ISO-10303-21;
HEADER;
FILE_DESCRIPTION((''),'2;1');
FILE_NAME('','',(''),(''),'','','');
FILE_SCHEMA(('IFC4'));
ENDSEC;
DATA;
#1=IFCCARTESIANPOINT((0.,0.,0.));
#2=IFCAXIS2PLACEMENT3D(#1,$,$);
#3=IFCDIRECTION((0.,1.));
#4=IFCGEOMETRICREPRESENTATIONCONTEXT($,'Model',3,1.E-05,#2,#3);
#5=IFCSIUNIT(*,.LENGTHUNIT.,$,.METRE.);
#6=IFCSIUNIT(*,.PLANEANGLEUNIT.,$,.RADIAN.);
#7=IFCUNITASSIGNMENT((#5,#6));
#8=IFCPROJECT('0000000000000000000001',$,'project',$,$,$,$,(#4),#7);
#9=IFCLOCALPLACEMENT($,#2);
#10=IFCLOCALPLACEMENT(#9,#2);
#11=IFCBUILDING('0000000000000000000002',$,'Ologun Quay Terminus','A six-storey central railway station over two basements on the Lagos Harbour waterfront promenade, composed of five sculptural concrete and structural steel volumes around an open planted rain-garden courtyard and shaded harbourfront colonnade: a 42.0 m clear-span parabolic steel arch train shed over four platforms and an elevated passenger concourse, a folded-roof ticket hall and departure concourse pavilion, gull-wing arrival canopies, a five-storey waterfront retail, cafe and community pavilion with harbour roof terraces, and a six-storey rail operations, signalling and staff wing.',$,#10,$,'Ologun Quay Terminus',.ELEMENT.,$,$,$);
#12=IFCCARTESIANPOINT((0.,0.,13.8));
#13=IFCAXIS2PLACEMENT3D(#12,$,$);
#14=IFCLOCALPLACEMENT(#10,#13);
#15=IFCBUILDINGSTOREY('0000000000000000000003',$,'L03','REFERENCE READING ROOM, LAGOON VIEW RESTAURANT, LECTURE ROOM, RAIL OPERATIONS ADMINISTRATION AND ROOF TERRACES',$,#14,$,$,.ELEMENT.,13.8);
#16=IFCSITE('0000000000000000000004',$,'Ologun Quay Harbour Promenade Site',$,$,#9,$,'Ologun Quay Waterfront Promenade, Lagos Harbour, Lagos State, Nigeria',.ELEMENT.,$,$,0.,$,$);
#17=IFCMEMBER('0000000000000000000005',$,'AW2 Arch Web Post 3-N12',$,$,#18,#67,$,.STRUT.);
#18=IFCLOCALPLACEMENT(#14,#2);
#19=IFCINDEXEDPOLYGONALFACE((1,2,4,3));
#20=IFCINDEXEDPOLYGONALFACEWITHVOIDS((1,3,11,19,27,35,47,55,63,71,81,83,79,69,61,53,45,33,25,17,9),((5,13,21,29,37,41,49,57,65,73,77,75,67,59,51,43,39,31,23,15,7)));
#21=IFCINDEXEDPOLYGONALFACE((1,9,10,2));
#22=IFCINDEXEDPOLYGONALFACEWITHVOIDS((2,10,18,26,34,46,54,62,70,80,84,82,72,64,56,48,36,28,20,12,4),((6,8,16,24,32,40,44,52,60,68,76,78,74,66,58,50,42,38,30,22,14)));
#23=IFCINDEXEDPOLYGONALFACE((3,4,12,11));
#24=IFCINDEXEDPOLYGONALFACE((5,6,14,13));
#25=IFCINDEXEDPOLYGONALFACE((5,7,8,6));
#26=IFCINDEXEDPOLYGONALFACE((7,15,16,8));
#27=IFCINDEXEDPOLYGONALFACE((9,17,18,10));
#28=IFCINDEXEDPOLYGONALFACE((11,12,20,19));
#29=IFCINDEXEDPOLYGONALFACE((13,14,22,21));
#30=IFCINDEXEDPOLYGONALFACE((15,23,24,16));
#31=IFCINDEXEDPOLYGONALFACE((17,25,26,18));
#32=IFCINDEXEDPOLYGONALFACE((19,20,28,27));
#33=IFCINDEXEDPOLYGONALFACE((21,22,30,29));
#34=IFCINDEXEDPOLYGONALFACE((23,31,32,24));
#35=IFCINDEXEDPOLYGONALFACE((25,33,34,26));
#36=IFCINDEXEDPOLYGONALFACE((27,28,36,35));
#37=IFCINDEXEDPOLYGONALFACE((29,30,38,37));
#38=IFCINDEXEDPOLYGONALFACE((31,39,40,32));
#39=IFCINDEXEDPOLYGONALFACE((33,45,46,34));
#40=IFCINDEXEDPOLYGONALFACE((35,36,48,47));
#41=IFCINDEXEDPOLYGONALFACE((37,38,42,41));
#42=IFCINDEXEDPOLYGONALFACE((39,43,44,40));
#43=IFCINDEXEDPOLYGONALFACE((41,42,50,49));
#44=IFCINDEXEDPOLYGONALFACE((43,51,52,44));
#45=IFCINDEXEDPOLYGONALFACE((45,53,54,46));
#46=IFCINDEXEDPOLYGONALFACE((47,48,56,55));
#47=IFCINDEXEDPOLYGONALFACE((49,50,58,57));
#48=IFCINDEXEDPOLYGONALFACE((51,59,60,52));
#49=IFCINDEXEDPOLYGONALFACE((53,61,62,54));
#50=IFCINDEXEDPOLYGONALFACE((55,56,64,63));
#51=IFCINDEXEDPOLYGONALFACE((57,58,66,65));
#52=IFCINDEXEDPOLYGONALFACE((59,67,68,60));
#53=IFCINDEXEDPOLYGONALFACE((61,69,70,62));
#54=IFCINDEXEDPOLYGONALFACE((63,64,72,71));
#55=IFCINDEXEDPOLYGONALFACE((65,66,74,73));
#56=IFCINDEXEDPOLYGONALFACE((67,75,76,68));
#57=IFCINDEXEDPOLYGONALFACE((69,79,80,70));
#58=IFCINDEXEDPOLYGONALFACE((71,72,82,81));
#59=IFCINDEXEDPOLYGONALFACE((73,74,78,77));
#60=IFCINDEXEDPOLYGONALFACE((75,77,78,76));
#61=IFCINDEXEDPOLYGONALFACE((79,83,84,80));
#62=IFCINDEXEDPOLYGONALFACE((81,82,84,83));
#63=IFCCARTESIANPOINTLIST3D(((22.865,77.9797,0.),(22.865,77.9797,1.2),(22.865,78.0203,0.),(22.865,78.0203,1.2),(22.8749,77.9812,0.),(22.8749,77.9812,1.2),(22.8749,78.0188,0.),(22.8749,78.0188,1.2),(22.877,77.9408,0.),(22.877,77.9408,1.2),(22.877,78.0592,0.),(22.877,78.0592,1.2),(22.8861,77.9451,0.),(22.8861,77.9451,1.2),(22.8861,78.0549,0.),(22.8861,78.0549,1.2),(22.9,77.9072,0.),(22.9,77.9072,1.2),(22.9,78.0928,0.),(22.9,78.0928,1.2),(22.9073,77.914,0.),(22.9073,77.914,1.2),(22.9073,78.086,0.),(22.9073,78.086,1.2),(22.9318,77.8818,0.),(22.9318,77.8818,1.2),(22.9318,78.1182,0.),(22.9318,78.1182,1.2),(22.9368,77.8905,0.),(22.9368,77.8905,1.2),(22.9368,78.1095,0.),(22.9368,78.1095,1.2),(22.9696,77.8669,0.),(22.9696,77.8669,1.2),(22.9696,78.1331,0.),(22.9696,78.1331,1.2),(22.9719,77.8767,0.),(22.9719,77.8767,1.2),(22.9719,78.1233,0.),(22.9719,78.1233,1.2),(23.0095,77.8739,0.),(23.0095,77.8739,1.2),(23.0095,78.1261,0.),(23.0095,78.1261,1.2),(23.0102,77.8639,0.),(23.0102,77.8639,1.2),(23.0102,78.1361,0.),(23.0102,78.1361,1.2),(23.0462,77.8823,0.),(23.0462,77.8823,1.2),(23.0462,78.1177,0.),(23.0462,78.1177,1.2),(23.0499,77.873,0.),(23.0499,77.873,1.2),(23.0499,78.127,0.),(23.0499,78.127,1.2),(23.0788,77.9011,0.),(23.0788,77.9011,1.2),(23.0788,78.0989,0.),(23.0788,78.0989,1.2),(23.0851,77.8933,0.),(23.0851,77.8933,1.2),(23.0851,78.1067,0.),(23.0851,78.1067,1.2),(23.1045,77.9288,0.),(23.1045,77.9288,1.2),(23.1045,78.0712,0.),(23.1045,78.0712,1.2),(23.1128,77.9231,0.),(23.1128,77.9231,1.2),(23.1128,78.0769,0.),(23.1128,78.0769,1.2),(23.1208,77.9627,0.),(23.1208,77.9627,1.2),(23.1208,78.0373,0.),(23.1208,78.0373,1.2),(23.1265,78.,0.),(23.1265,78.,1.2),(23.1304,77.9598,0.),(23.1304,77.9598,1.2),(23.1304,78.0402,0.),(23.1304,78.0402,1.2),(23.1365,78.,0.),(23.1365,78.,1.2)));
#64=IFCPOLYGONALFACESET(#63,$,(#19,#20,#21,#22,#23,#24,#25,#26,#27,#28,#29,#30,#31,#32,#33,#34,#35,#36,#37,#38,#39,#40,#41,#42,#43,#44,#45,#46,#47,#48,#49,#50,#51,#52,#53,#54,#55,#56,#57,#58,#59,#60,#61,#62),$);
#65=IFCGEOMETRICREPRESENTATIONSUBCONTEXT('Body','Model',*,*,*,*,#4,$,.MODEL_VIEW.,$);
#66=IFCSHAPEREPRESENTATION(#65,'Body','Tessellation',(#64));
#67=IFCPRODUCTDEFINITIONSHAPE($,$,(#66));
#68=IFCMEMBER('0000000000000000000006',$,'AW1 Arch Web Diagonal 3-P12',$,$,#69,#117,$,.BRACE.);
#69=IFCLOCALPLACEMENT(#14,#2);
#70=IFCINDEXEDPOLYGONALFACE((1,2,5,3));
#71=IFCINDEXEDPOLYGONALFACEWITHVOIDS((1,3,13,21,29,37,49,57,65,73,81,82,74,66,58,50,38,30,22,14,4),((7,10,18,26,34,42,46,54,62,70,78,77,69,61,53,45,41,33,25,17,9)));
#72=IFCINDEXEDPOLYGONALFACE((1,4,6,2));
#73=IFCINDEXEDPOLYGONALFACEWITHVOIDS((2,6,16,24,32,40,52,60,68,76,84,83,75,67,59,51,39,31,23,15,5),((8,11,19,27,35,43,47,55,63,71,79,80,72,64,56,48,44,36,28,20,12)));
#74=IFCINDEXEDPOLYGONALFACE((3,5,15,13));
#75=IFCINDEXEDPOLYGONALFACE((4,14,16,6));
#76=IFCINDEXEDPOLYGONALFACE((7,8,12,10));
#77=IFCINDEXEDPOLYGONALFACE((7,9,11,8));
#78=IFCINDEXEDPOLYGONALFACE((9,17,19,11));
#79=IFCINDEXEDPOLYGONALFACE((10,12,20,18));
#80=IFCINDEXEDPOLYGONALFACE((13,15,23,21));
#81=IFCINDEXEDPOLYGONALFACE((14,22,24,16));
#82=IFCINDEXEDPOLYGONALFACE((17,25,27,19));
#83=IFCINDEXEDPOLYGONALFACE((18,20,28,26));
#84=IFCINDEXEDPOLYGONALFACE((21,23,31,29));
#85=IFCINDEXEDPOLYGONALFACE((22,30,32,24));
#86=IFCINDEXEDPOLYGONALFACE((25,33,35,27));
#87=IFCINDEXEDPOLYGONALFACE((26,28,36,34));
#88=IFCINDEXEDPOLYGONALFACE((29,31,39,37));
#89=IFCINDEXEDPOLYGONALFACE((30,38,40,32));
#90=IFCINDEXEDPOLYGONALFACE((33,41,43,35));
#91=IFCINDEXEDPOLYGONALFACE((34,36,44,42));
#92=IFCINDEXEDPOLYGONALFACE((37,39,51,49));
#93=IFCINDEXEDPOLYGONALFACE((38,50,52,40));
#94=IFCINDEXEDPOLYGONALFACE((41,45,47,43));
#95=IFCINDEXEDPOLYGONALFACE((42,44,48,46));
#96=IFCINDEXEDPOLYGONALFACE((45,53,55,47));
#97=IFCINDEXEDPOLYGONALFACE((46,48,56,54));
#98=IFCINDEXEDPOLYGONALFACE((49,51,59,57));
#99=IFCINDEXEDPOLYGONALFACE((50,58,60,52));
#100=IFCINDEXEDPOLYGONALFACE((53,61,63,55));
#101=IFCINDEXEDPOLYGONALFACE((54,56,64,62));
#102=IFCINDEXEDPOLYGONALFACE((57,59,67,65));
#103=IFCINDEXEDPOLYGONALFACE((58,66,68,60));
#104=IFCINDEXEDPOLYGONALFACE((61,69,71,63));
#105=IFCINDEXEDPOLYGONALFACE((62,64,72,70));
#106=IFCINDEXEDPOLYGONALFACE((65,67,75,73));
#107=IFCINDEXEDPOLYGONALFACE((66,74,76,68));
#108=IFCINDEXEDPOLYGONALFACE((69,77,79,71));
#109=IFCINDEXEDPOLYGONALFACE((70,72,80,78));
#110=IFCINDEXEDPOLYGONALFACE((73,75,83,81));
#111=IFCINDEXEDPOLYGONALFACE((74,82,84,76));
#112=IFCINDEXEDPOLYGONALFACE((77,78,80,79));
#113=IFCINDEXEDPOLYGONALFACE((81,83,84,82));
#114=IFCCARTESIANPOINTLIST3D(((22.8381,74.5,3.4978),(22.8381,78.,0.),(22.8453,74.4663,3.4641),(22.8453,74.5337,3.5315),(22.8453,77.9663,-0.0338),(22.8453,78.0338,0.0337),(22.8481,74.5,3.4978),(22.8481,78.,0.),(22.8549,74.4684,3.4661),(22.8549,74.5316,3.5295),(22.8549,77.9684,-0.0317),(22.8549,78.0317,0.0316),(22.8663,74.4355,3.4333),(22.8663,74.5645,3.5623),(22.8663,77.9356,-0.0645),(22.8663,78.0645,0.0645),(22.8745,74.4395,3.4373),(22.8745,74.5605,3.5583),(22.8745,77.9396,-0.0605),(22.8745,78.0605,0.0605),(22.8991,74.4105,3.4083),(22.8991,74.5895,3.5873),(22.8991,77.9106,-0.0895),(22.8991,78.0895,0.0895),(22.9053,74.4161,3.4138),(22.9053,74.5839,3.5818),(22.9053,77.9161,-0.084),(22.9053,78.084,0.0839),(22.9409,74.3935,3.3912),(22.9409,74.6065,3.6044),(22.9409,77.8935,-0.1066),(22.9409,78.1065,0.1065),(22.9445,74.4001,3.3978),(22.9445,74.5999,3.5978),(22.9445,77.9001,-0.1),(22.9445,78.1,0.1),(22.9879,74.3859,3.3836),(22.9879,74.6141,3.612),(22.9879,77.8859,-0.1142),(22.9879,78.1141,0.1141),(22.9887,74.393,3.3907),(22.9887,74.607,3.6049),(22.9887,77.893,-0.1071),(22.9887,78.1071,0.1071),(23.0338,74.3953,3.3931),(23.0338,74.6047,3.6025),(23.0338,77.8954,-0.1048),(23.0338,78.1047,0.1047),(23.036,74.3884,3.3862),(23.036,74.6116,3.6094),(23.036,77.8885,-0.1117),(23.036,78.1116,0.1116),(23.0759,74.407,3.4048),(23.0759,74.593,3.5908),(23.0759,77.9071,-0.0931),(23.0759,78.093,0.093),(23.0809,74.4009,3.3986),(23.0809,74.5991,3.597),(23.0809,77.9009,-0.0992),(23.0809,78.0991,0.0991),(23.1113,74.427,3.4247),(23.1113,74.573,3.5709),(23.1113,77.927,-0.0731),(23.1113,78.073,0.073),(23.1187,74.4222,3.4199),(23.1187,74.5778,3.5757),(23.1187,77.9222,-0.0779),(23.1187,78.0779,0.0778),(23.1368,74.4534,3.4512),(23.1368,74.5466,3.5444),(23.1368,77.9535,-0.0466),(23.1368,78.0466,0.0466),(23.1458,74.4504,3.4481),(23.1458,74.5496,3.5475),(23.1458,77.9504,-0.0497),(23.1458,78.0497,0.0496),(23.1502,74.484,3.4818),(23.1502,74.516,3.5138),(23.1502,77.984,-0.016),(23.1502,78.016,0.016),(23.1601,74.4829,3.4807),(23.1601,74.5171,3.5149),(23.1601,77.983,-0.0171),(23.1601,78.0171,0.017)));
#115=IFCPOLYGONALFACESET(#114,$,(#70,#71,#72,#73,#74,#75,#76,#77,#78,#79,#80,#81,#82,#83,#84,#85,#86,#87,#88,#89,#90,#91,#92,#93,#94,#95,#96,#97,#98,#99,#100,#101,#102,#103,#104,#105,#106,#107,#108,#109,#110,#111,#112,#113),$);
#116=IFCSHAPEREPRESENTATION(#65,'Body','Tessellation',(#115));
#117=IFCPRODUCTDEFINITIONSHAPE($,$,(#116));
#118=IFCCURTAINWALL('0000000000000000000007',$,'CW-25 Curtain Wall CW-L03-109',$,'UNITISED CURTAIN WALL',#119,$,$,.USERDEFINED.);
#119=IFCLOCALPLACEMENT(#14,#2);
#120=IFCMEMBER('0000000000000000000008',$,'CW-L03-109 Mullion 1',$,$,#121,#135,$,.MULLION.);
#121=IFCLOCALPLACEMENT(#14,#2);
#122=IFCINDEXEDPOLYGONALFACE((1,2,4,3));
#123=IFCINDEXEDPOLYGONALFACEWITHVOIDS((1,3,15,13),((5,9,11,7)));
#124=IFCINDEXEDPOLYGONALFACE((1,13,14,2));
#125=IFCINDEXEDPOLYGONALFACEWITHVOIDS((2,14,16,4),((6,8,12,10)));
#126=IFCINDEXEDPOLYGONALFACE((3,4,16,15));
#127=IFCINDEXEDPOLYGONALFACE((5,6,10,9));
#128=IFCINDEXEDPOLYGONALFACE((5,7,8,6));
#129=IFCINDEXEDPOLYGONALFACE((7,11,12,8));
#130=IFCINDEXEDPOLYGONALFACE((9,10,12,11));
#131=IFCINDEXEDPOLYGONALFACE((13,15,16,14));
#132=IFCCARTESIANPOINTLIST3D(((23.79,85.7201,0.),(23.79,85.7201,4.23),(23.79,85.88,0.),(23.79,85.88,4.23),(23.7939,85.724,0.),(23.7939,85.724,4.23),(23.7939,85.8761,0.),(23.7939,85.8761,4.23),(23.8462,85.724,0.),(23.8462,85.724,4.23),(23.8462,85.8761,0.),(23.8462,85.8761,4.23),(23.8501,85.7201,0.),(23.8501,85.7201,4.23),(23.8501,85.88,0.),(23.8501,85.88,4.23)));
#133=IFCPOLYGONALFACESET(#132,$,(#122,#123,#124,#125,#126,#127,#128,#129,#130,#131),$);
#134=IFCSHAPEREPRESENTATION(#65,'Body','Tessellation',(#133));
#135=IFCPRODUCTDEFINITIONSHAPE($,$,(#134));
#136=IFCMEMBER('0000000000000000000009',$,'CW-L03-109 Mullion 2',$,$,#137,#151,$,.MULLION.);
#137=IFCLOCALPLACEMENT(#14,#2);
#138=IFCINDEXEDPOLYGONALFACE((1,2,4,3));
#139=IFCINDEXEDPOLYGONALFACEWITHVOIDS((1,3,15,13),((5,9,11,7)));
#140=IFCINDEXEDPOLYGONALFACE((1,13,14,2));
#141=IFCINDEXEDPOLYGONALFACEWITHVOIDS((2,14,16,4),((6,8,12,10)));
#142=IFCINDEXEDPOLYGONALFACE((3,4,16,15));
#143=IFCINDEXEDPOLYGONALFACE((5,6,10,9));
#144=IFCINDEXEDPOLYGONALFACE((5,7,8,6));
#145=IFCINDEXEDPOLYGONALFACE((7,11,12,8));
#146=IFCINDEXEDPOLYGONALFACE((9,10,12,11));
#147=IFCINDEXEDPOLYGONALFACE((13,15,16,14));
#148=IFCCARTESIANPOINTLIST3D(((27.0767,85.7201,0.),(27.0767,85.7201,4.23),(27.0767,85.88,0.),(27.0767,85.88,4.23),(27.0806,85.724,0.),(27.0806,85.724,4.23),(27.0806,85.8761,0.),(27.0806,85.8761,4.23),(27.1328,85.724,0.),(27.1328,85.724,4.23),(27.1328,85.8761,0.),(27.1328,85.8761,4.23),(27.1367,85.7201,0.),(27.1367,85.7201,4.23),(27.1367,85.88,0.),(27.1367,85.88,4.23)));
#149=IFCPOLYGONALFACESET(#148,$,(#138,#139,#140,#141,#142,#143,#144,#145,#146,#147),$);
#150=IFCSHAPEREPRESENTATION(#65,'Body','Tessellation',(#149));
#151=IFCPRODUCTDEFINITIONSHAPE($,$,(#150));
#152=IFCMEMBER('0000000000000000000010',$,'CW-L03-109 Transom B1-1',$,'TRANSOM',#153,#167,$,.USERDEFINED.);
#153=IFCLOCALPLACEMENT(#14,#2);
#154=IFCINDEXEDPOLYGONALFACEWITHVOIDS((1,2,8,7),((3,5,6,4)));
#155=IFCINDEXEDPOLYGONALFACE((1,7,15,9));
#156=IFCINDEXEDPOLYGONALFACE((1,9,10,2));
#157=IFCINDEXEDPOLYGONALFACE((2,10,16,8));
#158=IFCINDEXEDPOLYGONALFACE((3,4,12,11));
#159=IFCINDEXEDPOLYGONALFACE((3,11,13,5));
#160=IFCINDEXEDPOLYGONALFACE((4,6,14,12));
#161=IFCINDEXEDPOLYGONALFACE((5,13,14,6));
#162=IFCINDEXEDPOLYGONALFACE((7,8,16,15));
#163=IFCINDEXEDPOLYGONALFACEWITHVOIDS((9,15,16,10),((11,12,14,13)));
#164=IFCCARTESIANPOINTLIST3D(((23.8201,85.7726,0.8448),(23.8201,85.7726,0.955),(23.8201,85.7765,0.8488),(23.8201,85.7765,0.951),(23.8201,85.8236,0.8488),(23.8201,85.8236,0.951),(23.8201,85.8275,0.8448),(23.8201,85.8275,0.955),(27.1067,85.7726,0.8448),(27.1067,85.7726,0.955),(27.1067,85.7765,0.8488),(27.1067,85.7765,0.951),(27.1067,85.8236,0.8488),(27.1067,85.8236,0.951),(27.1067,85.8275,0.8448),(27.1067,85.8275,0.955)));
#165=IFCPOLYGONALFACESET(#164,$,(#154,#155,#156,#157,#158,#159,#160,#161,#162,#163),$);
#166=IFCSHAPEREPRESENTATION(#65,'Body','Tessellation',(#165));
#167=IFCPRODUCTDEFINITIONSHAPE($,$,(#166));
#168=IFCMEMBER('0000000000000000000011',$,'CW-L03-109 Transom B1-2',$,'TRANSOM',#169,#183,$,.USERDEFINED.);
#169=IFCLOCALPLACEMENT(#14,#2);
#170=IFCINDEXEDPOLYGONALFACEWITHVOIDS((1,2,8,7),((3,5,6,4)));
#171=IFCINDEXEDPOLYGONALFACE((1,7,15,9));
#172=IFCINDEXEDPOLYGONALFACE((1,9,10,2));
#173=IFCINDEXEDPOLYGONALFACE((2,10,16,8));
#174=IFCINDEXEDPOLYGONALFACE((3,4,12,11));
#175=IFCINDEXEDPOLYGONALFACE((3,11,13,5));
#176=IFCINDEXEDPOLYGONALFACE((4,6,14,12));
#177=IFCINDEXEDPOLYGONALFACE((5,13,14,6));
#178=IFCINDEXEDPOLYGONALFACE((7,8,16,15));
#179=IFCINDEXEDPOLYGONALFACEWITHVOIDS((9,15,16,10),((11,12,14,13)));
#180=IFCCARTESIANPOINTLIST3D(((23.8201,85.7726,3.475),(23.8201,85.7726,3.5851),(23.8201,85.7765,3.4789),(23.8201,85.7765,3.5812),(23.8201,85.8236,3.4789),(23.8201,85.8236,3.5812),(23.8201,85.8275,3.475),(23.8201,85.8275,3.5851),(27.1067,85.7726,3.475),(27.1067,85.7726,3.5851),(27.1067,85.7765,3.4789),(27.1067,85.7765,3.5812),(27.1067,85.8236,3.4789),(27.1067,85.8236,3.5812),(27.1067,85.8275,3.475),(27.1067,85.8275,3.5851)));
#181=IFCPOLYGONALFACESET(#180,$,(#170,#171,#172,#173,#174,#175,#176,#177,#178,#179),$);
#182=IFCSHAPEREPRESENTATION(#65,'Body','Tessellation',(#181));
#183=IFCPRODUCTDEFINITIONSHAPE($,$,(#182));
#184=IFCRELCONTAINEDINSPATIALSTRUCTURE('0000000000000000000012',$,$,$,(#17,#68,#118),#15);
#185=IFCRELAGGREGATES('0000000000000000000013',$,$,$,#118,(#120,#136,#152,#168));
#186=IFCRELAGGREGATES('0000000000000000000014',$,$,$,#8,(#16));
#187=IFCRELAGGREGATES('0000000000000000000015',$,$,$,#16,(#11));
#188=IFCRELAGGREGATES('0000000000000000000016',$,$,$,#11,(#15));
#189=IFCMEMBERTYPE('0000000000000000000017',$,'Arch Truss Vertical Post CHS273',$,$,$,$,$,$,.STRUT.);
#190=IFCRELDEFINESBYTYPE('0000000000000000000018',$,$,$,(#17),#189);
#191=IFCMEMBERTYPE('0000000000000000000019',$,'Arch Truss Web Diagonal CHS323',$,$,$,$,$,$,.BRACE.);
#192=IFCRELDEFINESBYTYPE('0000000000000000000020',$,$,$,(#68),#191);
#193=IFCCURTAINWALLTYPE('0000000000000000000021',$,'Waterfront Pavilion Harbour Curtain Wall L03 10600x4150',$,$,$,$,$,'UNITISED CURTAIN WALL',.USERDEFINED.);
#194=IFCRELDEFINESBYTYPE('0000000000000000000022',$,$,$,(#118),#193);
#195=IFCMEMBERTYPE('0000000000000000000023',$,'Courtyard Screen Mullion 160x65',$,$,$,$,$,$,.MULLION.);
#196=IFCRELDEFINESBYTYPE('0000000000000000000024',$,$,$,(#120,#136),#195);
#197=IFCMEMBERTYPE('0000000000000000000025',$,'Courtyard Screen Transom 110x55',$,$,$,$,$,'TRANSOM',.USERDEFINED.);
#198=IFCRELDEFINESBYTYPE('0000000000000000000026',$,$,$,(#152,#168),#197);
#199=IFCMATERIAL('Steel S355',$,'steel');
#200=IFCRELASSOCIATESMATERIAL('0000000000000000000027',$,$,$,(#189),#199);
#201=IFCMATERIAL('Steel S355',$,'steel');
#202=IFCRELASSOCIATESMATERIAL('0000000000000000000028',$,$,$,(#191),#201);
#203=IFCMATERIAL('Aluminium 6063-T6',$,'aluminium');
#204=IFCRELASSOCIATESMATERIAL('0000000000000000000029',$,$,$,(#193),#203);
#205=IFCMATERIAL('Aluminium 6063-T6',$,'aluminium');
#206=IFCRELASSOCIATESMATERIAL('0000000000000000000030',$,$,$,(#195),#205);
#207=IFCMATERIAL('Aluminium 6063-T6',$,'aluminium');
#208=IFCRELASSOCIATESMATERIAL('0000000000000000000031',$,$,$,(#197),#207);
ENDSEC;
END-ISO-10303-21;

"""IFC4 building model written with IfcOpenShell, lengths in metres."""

from ifc_helpers import new_model, si_unit, direction, frame, origin, origin_2d, place, context, subcontext, project, spatial, hollow_rectangle, hollow_circle, extrude, material, material_profile, profile_set, type_object, element, aggregate, save


model = new_model("IFC4")

# Units and contexts
model_context = context("Model", 3, precision=1e-05, world=origin(), true_north=direction((0.0, 1.0)))
body_context = subcontext(model_context, "Body", "Model", "MODEL_VIEW")
ifc_project = project(units=[si_unit("LENGTHUNIT", "METRE"), si_unit("PLANEANGLEUNIT", "RADIAN")], contexts=[model_context])

# Site, building, storey
site_placement = place(None, origin())
site = spatial("IfcSite", under=ifc_project, at=site_placement, Name="Ologun Quay Harbour Promenade Site", LongName="Ologun Quay Waterfront Promenade, Lagos Harbour, Lagos State, Nigeria", CompositionType="ELEMENT", RefElevation=0.0)
building_placement = place(site_placement, origin())
building = spatial("IfcBuilding", under=site, at=building_placement, Name="Ologun Quay Terminus", Description="A six-storey central railway station over two basements on the Lagos Harbour waterfront promenade, composed of five sculptural concrete and structural steel volumes around an open planted rain-garden courtyard and shaded harbourfront colonnade: a 42.0 m clear-span parabolic steel arch train shed over four platforms and an elevated passenger concourse, a folded-roof ticket hall and departure concourse pavilion, gull-wing arrival canopies, a five-storey waterfront retail, cafe and community pavilion with harbour roof terraces, and a six-storey rail operations, signalling and staff wing.", LongName="Ologun Quay Terminus", CompositionType="ELEMENT")
storey_placement = place(building_placement, frame((0.0, 0.0, 13.8)))
storey = spatial("IfcBuildingStorey", under=building, at=storey_placement, Name="L03", Description="REFERENCE READING ROOM, LAGOON VIEW RESTAURANT, LECTURE ROOM, RAIL OPERATIONS ADMINISTRATION AND ROOF TERRACES", CompositionType="ELEMENT", Elevation=13.8)

# Members
ifc_material_1 = material(Name="Steel S355", Category="steel")
ifc_material_profile_1 = material_profile(ifc_material_1, hollow_circle(Radius=0.1365, WallThickness=0.01, at=origin_2d()), Name="CHS 273x10")
ifc_profile_set_1 = profile_set([ifc_material_profile_1], Name="Steel S355")
member_type_1 = type_object("IfcMemberType", Name="Arch Truss Vertical Post CHS273", PredefinedType="STRUT", material=ifc_profile_set_1)
member_1_placement = place(storey_placement, frame((23.0, 78.0, 0.0), z_axis=(0.0, 0.0, 1.0), x_axis=(1.0, 0.0, 0.0)))
element("IfcMember", 1, at=member_1_placement, inside=storey, type_object=member_type_1, Name="AW2 Arch Web Post 3-N12", PredefinedType="STRUT", context=body_context, shape_type="SweptSolid", body=[
    extrude(hollow_circle(Radius=0.1365, WallThickness=0.01, at=origin_2d()), origin(), (0.0, 0.0, 1.0), 1.2),
])
ifc_material_2 = material(Name="Steel S355", Category="steel")
ifc_material_profile_2 = material_profile(ifc_material_2, hollow_circle(Radius=0.1619, WallThickness=0.01, at=origin_2d()), Name="CHS 323.9x10")
ifc_profile_set_2 = profile_set([ifc_material_profile_2], Name="Steel S355")
member_type_2 = type_object("IfcMemberType", Name="Arch Truss Web Diagonal CHS323", PredefinedType="BRACE", material=ifc_profile_set_2)
member_2_placement = place(storey_placement, frame((23.0, 74.5, 3.4978), z_axis=(0.0, 0.707329, -0.706885), x_axis=(-1.0, 0.0, 0.0)))
element("IfcMember", 2, at=member_2_placement, inside=storey, type_object=member_type_2, Name="AW1 Arch Web Diagonal 3-P12", PredefinedType="BRACE", context=body_context, shape_type="SweptSolid", body=[
    extrude(hollow_circle(Radius=0.1619, WallThickness=0.01, at=origin_2d()), origin(), (0.0, 0.0, 1.0), 4.9482),
])

# Curtain wall, members
ifc_material_3 = material(Name="Aluminium 6063-T6", Category="aluminium")
curtain_wall_type = type_object("IfcCurtainWallType", Name="Waterfront Pavilion Harbour Curtain Wall L03 10600x4150", ElementType="UNITISED CURTAIN WALL", PredefinedType="USERDEFINED", material=ifc_material_3)
curtain_wall_placement = place(storey_placement, origin())
curtain_wall = element("IfcCurtainWall", 3, at=curtain_wall_placement, inside=storey, type_object=curtain_wall_type, Name="CW-25 Curtain Wall CW-L03-109", ObjectType="UNITISED CURTAIN WALL", PredefinedType="USERDEFINED")
ifc_material_4 = material(Name="Aluminium 6063-T6", Category="aluminium")
ifc_material_profile_3 = material_profile(ifc_material_4, hollow_rectangle(XDim=0.0601, YDim=0.1599, WallThickness=0.0039, at=origin_2d()), Name="ALU 160x60x4")
ifc_profile_set_3 = profile_set([ifc_material_profile_3], Name="Aluminium 6063-T6")
member_type_3 = type_object("IfcMemberType", Name="Courtyard Screen Mullion 160x65", PredefinedType="MULLION", material=ifc_profile_set_3)
member_3_placement = place(storey_placement, frame((23.8201, 85.8, 0.0), z_axis=(0.0, 0.0, 1.0), x_axis=(1.0, 0.0, 0.0)))
member_3 = element("IfcMember", 4, at=member_3_placement, type_object=member_type_3, Name="CW-L03-109 Mullion 1", PredefinedType="MULLION", context=body_context, shape_type="SweptSolid", body=[
    extrude(hollow_rectangle(XDim=0.0601, YDim=0.1599, WallThickness=0.0039, at=origin_2d()), origin(), (0.0, 0.0, 1.0), 4.23),
])
member_4_placement = place(storey_placement, frame((27.1067, 85.8, 0.0), z_axis=(0.0, 0.0, 1.0), x_axis=(1.0, 0.0, 0.0)))
member_4 = element("IfcMember", 5, at=member_4_placement, type_object=member_type_3, Name="CW-L03-109 Mullion 2", PredefinedType="MULLION", context=body_context, shape_type="SweptSolid", body=[
    extrude(hollow_rectangle(XDim=0.0601, YDim=0.1599, WallThickness=0.0039, at=origin_2d()), origin(), (0.0, 0.0, 1.0), 4.23),
])
ifc_material_5 = material(Name="Aluminium 6063-T6", Category="aluminium")
ifc_material_profile_4 = material_profile(ifc_material_5, hollow_rectangle(XDim=0.0549, YDim=0.1101, WallThickness=0.0039, at=origin_2d()), Name="ALU 110x55x4")
ifc_profile_set_4 = profile_set([ifc_material_profile_4], Name="Aluminium 6063-T6")
member_type_4 = type_object("IfcMemberType", Name="Courtyard Screen Transom 110x55", ElementType="TRANSOM", PredefinedType="USERDEFINED", material=ifc_profile_set_4)
member_5_placement = place(storey_placement, frame((23.8201, 85.8, 0.8999), z_axis=(1.0, 0.0, 0.0), x_axis=(0.0, 1.0, 0.0)))
member_5 = element("IfcMember", 6, at=member_5_placement, type_object=member_type_4, Name="CW-L03-109 Transom B1-1", ObjectType="TRANSOM", PredefinedType="USERDEFINED", context=body_context, shape_type="SweptSolid", body=[
    extrude(hollow_rectangle(XDim=0.0549, YDim=0.1101, WallThickness=0.0039, at=origin_2d()), origin(), (0.0, 0.0, 1.0), 3.2866),
])
member_6_placement = place(storey_placement, frame((23.8201, 85.8, 3.53), z_axis=(1.0, 0.0, 0.0), x_axis=(0.0, 1.0, 0.0)))
member_6 = element("IfcMember", 7, at=member_6_placement, type_object=member_type_4, Name="CW-L03-109 Transom B1-2", ObjectType="TRANSOM", PredefinedType="USERDEFINED", context=body_context, shape_type="SweptSolid", body=[
    extrude(hollow_rectangle(XDim=0.0549, YDim=0.1101, WallThickness=0.0039, at=origin_2d()), origin(), (0.0, 0.0, 1.0), 3.2866),
])

aggregate(curtain_wall, [member_3, member_4, member_5, member_6])

save(model, "model.ifc")
